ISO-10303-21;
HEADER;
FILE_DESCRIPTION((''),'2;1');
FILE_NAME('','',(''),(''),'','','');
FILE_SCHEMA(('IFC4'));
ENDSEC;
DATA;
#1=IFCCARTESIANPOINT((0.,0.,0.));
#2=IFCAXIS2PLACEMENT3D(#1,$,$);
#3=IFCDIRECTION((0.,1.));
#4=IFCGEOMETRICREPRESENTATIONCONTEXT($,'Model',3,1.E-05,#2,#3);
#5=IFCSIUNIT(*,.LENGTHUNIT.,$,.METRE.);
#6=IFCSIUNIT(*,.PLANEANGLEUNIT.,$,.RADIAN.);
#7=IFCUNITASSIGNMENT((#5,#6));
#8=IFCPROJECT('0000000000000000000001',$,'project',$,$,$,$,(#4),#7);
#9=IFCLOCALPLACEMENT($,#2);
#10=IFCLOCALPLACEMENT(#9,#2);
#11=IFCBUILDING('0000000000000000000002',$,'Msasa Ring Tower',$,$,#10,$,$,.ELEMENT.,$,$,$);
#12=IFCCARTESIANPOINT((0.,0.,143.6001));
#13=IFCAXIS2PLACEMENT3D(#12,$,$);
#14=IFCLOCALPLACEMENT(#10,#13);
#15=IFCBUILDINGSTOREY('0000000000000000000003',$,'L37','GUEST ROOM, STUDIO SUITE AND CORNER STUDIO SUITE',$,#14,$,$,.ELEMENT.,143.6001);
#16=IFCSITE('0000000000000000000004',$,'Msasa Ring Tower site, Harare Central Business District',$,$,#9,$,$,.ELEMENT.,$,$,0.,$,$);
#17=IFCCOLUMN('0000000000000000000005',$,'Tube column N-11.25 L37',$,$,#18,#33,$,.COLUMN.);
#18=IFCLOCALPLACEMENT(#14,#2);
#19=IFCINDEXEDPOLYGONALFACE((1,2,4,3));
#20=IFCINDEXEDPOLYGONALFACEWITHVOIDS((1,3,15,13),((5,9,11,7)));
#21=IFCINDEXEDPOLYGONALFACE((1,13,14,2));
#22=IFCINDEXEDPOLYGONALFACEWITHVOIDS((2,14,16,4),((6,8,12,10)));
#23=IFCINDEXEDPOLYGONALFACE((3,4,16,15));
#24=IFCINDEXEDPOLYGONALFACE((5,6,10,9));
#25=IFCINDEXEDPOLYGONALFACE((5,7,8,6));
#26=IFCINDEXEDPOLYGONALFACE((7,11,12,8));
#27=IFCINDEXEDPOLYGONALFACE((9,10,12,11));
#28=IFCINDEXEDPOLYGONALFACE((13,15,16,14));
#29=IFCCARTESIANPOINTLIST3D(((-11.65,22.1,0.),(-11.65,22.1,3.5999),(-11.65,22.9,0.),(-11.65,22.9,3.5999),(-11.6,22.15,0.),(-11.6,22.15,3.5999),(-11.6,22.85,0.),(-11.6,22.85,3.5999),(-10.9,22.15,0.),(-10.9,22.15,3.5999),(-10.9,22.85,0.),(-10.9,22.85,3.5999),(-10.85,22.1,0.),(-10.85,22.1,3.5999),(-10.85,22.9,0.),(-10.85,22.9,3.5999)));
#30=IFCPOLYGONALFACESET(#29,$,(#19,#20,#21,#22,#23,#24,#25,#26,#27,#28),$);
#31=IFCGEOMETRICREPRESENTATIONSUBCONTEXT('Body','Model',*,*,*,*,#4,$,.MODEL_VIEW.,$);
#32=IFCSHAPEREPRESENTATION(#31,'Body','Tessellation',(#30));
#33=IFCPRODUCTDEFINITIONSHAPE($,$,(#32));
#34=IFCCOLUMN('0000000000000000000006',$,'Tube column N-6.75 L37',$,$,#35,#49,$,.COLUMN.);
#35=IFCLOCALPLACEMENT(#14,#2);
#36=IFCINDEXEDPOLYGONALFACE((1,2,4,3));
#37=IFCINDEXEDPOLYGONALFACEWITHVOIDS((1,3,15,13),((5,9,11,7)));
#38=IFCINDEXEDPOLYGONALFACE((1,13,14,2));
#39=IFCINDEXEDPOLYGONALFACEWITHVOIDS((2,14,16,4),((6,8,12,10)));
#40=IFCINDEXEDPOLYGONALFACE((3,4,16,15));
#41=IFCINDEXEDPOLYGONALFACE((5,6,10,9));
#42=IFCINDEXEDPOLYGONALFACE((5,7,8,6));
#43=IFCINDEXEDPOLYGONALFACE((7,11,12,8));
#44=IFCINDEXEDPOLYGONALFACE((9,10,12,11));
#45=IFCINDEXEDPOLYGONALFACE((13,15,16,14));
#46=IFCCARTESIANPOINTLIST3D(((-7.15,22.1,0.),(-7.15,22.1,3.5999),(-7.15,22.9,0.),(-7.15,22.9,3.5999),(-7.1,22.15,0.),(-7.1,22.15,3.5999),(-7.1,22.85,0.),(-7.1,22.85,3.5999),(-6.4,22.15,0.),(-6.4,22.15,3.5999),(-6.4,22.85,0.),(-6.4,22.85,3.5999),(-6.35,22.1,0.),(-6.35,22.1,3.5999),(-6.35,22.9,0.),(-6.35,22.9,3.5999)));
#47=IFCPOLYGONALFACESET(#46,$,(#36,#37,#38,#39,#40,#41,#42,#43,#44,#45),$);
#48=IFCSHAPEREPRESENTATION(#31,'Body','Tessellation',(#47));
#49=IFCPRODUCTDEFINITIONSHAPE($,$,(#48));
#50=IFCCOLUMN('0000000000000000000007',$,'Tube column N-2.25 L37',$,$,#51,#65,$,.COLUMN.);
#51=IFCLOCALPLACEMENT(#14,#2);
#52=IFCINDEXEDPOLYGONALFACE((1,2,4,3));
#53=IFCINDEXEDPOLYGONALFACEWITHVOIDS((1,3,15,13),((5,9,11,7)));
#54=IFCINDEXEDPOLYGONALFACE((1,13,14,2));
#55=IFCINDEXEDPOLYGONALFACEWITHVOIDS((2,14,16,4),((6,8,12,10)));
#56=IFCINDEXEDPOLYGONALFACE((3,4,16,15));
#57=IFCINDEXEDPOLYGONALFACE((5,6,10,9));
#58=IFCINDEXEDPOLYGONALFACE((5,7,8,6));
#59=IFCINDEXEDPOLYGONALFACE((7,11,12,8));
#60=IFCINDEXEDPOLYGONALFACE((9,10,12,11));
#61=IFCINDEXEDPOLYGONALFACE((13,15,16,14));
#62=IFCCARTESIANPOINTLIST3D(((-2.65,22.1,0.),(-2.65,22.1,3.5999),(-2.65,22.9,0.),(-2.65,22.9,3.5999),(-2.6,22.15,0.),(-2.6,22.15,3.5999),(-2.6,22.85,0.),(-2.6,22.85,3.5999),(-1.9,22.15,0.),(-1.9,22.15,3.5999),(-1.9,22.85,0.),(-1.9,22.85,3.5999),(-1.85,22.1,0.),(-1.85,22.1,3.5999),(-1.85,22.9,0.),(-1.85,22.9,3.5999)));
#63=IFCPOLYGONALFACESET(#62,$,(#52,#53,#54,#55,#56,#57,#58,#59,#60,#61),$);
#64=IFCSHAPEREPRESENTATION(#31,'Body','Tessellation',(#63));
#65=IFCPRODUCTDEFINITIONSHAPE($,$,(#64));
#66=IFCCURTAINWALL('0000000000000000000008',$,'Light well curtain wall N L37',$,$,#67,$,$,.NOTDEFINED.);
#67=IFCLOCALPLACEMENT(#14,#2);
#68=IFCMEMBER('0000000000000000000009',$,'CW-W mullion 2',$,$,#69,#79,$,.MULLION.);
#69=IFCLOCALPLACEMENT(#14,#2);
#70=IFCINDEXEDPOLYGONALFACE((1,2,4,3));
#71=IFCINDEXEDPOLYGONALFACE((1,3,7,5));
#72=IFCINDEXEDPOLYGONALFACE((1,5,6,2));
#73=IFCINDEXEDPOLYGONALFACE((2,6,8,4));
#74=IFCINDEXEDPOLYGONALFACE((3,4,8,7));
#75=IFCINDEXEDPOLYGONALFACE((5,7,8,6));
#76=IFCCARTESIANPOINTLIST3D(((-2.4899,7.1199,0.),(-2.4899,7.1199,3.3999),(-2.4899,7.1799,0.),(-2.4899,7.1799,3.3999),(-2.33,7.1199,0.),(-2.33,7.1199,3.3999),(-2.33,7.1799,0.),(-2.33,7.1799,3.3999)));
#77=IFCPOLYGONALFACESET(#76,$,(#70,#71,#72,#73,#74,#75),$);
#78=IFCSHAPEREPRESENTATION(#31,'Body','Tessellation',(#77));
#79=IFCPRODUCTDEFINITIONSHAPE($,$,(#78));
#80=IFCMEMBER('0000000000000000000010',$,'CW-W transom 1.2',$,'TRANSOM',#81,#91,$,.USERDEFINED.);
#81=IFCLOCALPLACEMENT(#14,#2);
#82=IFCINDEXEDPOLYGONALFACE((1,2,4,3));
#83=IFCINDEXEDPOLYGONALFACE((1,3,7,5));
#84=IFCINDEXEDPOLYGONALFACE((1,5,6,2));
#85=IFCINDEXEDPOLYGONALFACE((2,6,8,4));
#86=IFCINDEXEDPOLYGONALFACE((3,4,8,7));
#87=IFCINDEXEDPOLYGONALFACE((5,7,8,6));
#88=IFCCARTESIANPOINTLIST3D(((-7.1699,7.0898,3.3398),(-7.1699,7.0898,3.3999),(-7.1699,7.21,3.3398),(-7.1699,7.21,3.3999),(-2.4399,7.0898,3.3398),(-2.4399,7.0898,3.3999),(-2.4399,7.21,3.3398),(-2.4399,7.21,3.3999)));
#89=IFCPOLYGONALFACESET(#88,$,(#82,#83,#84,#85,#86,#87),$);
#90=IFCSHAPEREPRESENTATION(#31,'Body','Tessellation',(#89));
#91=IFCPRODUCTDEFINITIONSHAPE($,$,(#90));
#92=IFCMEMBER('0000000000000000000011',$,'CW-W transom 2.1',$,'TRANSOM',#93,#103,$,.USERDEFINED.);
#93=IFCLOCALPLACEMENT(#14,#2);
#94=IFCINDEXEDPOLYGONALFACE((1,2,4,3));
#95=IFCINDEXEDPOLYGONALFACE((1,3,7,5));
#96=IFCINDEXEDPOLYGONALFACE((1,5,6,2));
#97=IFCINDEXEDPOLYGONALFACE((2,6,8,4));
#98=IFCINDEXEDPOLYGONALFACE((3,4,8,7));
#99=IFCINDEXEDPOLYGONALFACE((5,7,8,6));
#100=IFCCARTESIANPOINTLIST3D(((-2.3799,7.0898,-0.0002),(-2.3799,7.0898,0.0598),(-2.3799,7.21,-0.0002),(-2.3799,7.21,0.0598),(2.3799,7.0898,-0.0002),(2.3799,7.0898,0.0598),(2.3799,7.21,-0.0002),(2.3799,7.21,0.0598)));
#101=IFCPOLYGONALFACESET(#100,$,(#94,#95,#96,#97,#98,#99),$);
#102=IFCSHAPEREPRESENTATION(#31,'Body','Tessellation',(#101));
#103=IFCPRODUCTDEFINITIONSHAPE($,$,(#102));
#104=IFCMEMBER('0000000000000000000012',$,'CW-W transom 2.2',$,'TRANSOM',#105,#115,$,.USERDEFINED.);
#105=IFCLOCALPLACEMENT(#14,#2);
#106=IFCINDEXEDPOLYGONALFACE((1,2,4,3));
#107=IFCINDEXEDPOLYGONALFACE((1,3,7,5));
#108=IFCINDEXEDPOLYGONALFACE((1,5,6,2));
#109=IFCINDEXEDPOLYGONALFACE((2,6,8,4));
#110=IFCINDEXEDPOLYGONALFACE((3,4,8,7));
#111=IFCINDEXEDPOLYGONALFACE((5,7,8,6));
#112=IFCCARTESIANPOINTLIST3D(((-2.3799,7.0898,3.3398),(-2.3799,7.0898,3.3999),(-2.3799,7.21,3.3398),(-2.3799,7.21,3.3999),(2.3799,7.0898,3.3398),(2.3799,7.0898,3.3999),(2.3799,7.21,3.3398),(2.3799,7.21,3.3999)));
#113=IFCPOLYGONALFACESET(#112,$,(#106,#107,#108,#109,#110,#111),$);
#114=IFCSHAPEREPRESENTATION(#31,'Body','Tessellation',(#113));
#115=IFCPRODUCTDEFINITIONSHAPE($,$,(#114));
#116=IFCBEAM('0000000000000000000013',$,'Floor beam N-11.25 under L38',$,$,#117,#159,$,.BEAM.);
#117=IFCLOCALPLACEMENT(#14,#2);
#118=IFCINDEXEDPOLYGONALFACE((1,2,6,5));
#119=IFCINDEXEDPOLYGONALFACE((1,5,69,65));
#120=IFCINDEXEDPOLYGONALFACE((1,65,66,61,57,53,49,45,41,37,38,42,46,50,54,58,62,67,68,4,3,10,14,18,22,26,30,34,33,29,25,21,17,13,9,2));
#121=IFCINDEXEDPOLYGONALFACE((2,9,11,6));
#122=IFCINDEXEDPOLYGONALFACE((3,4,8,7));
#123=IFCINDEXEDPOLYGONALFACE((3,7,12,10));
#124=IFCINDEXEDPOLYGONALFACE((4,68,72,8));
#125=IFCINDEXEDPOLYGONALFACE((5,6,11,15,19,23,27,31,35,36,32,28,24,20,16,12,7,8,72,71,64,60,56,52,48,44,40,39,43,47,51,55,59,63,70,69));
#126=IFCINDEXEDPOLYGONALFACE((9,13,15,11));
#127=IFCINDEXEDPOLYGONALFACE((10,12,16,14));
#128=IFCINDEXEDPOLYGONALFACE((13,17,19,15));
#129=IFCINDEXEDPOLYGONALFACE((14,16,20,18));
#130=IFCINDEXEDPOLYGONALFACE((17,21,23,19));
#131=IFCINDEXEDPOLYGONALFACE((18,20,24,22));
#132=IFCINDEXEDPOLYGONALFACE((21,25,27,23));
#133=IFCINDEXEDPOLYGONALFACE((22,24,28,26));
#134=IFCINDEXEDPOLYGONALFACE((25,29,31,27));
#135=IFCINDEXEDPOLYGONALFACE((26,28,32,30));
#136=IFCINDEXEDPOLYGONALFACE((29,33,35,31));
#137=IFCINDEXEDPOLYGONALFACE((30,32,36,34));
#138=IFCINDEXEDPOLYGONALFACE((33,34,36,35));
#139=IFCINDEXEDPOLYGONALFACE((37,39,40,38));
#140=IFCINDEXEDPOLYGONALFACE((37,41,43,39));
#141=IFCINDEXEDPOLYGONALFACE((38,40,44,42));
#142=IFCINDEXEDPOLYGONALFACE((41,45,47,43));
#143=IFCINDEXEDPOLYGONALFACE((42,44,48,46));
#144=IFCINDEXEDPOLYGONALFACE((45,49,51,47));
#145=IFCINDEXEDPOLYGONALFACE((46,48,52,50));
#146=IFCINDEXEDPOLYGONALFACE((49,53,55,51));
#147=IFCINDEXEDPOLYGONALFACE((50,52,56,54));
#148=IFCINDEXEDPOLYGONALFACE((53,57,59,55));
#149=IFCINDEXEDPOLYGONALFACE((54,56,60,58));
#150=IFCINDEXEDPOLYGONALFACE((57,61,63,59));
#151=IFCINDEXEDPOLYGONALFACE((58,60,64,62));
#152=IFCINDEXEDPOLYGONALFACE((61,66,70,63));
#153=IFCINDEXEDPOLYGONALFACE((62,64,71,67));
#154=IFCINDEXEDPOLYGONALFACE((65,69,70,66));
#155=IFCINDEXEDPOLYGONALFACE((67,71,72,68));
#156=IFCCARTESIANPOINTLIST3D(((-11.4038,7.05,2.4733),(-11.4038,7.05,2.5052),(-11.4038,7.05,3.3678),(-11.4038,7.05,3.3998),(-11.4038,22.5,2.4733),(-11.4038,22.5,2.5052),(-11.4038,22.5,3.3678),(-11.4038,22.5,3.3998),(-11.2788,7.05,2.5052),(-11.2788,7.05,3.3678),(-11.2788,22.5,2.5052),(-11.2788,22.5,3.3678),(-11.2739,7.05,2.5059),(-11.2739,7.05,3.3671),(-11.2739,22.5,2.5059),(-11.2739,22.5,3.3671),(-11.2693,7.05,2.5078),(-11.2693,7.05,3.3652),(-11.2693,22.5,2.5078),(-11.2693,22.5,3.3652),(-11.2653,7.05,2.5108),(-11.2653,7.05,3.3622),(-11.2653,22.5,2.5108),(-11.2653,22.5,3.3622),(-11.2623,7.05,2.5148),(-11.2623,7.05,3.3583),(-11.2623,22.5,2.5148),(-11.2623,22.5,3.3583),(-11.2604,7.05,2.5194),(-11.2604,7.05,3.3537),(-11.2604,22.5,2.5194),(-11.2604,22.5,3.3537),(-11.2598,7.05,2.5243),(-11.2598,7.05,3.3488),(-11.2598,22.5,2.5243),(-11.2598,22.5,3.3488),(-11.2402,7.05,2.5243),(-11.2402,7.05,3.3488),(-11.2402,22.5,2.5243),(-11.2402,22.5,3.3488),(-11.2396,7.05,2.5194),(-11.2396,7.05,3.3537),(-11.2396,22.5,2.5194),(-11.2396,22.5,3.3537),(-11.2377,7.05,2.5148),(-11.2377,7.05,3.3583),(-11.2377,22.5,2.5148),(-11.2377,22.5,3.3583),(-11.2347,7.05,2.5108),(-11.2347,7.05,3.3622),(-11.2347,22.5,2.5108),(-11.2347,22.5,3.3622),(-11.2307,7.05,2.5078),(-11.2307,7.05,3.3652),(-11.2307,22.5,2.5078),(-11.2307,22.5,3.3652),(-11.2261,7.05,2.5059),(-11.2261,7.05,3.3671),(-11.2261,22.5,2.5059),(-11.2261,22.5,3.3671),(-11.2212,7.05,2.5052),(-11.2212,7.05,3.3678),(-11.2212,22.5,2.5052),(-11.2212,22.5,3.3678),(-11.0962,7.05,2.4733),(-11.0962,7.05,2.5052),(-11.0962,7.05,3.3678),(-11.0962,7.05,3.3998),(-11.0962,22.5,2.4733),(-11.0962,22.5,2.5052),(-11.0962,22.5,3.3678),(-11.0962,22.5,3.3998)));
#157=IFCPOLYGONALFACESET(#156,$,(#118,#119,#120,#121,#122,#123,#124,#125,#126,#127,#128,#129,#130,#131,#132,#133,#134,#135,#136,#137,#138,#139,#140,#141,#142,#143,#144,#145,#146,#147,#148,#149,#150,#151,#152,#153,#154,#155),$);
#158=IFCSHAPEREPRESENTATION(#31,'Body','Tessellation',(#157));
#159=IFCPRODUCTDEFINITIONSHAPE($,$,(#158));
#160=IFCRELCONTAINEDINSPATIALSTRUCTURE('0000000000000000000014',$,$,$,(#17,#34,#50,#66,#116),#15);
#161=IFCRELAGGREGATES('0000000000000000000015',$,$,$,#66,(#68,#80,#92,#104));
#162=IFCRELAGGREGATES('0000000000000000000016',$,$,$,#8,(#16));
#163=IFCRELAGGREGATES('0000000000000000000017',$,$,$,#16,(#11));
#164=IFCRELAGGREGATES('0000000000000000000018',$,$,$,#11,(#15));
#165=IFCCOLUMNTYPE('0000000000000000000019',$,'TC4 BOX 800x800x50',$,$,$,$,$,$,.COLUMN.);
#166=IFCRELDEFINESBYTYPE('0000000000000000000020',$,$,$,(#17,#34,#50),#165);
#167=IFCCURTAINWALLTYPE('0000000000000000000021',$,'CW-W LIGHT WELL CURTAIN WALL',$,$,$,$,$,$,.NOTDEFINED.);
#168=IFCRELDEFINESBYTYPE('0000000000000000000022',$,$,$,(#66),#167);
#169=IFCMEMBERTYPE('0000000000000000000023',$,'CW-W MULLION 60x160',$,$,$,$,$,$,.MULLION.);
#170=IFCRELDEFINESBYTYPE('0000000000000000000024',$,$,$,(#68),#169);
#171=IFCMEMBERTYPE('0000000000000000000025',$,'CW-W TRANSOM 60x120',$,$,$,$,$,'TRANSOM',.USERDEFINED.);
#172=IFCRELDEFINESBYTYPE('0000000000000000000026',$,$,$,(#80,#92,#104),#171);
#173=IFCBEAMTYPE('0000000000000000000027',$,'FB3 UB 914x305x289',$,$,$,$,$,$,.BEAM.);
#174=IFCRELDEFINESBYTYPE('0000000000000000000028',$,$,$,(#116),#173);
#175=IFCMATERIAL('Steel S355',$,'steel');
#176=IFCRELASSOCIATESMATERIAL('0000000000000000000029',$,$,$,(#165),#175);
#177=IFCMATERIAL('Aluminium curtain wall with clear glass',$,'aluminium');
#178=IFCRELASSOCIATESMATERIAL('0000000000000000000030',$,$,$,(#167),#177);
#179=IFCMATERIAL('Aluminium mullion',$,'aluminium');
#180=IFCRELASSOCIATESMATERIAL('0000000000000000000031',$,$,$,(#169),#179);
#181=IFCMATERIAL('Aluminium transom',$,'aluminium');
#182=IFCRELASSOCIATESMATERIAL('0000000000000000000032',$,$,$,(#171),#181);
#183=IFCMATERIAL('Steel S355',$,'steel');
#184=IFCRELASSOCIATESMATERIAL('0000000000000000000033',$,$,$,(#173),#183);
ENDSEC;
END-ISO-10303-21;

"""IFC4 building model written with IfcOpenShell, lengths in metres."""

from ifc_helpers import new_model, si_unit, direction, frame, origin, origin_2d, place, context, subcontext, project, spatial, rectangle, hollow_rectangle, i_section, extrude, material, material_profile, profile_set, type_object, element, aggregate, save


model = new_model("IFC4")

# Units and contexts
model_context = context("Model", 3, precision=1e-05, world=origin(), true_north=direction((0.0, 1.0)))
body_context = subcontext(model_context, "Body", "Model", "MODEL_VIEW")
ifc_project = project(units=[si_unit("LENGTHUNIT", "METRE"), si_unit("PLANEANGLEUNIT", "RADIAN")], contexts=[model_context])

# Site, building, storey
site_placement = place(None, origin())
site = spatial("IfcSite", under=ifc_project, at=site_placement, Name="Msasa Ring Tower site, Harare Central Business District", CompositionType="ELEMENT", RefElevation=0.0)
building_placement = place(site_placement, origin())
building = spatial("IfcBuilding", under=site, at=building_placement, Name="Msasa Ring Tower", CompositionType="ELEMENT")
storey_placement = place(building_placement, frame((0.0, 0.0, 143.6001)))
storey = spatial("IfcBuildingStorey", under=building, at=storey_placement, Name="L37", Description="GUEST ROOM, STUDIO SUITE AND CORNER STUDIO SUITE", CompositionType="ELEMENT", Elevation=143.6001)

# Columns
ifc_material_1 = material(Name="Steel S355", Category="steel")
ifc_material_profile_1 = material_profile(ifc_material_1, hollow_rectangle(XDim=0.8, YDim=0.8, WallThickness=0.05, at=origin_2d()), Name="BOX 800x800x50")
ifc_profile_set_1 = profile_set([ifc_material_profile_1], Name="Steel S355")
column_type = type_object("IfcColumnType", Name="TC4 BOX 800x800x50", PredefinedType="COLUMN", material=ifc_profile_set_1)
for number, where, z_axis, x_axis, name in (
    (1, (-11.25, 22.5, 0.0), (0.0, 0.0, 1.0), (0.0, 1.0, 0.0), "Tube column N-11.25 L37"),
    (2, (-6.75, 22.5, 0.0), (0.0, 0.0, 1.0), (0.0, 1.0, 0.0), "Tube column N-6.75 L37"),
    (3, (-2.25, 22.5, 0.0), (0.0, 0.0, 1.0), (0.0, 1.0, 0.0), "Tube column N-2.25 L37"),
):
    element("IfcColumn", number, at=place(storey_placement, frame(where, z_axis=z_axis, x_axis=x_axis)), inside=storey, type_object=column_type, Name=name, PredefinedType="COLUMN", context=body_context, shape_type="SweptSolid", body=[
        extrude(hollow_rectangle(XDim=0.8, YDim=0.8, WallThickness=0.05, at=origin_2d()), origin(), (0.0, 0.0, 1.0), 3.5999),
    ])

# Curtain wall, members
ifc_material_2 = material(Name="Aluminium curtain wall with clear glass", Category="aluminium")
curtain_wall_type = type_object("IfcCurtainWallType", Name="CW-W LIGHT WELL CURTAIN WALL", PredefinedType="NOTDEFINED", material=ifc_material_2)
curtain_wall_placement = place(storey_placement, origin())
curtain_wall = element("IfcCurtainWall", 4, at=curtain_wall_placement, inside=storey, type_object=curtain_wall_type, Name="Light well curtain wall N L37", PredefinedType="NOTDEFINED")
ifc_material_3 = material(Name="Aluminium mullion", Category="aluminium")
ifc_material_profile_2 = material_profile(ifc_material_3, rectangle(XDim=0.0601, YDim=0.1599, at=origin_2d()), Name="AL 60x160")
ifc_profile_set_2 = profile_set([ifc_material_profile_2], Name="Aluminium mullion")
member_type_1 = type_object("IfcMemberType", Name="CW-W MULLION 60x160", PredefinedType="MULLION", material=ifc_profile_set_2)
member_1_placement = place(storey_placement, frame((-2.4099, 7.1499, 0.0), z_axis=(0.0, 0.0, 1.0), x_axis=(0.0, 1.0, 0.0)))
member_1 = element("IfcMember", 5, at=member_1_placement, type_object=member_type_1, Name="CW-W mullion 2", PredefinedType="MULLION", context=body_context, shape_type="SweptSolid", body=[
    extrude(rectangle(XDim=0.0601, YDim=0.1599, at=origin_2d()), origin(), (0.0, 0.0, 1.0), 3.3999),
])
ifc_material_4 = material(Name="Aluminium transom", Category="aluminium")
ifc_material_profile_3 = material_profile(ifc_material_4, rectangle(XDim=0.1201, YDim=0.0601, at=origin_2d()), Name="AL 60x120")
ifc_profile_set_3 = profile_set([ifc_material_profile_3], Name="Aluminium transom")
member_type_2 = type_object("IfcMemberType", Name="CW-W TRANSOM 60x120", ElementType="TRANSOM", PredefinedType="USERDEFINED", material=ifc_profile_set_3)
member_2_placement = place(storey_placement, frame((-7.1699, 7.1499, 3.3699), z_axis=(1.0, 0.0, 0.0), x_axis=(0.0, 1.0, 0.0)))
member_2 = element("IfcMember", 6, at=member_2_placement, type_object=member_type_2, Name="CW-W transom 1.2", ObjectType="TRANSOM", PredefinedType="USERDEFINED", context=body_context, shape_type="SweptSolid", body=[
    extrude(rectangle(XDim=0.1201, YDim=0.0601, at=origin_2d()), origin(), (0.0, 0.0, 1.0), 4.73),
])
member_3_placement = place(storey_placement, frame((-2.3799, 7.1499, 0.0298), z_axis=(1.0, 0.0, 0.0), x_axis=(0.0, 1.0, 0.0)))
member_3 = element("IfcMember", 7, at=member_3_placement, type_object=member_type_2, Name="CW-W transom 2.1", ObjectType="TRANSOM", PredefinedType="USERDEFINED", context=body_context, shape_type="SweptSolid", body=[
    extrude(rectangle(XDim=0.1201, YDim=0.0601, at=origin_2d()), origin(), (0.0, 0.0, 1.0), 4.7598),
])
member_4_placement = place(storey_placement, frame((-2.3799, 7.1499, 3.3699), z_axis=(1.0, 0.0, 0.0), x_axis=(0.0, 1.0, 0.0)))
member_4 = element("IfcMember", 8, at=member_4_placement, type_object=member_type_2, Name="CW-W transom 2.2", ObjectType="TRANSOM", PredefinedType="USERDEFINED", context=body_context, shape_type="SweptSolid", body=[
    extrude(rectangle(XDim=0.1201, YDim=0.0601, at=origin_2d()), origin(), (0.0, 0.0, 1.0), 4.7598),
])

# Beam
ifc_material_5 = material(Name="Steel S355", Category="steel")
ifc_material_profile_4 = material_profile(ifc_material_5, i_section(OverallWidth=0.3076, OverallDepth=0.9265, WebThickness=0.0195, FlangeThickness=0.032, FilletRadius=0.019, at=origin_2d()), Name="UB 914x305x289")
ifc_profile_set_4 = profile_set([ifc_material_profile_4], Name="Steel S355")
beam_type_1 = type_object("IfcBeamType", Name="FB3 UB 914x305x289", PredefinedType="BEAM", material=ifc_profile_set_4)
beam_placement = place(storey_placement, frame((-11.25, 22.5, 2.9365), z_axis=(0.0, -1.0, 0.0), x_axis=(1.0, 0.0, 0.0)))
element("IfcBeam", 9, at=beam_placement, inside=storey, type_object=beam_type_1, Name="Floor beam N-11.25 under L38", PredefinedType="BEAM", context=body_context, shape_type="SweptSolid", body=[
    extrude(i_section(OverallWidth=0.3076, OverallDepth=0.9265, WebThickness=0.0195, FlangeThickness=0.032, FilletRadius=0.019, at=origin_2d()), origin(), (0.0, 0.0, 1.0), 15.45),
])

aggregate(curtain_wall, [member_1, member_2, member_3, member_4])

save(model, "model.ifc")
